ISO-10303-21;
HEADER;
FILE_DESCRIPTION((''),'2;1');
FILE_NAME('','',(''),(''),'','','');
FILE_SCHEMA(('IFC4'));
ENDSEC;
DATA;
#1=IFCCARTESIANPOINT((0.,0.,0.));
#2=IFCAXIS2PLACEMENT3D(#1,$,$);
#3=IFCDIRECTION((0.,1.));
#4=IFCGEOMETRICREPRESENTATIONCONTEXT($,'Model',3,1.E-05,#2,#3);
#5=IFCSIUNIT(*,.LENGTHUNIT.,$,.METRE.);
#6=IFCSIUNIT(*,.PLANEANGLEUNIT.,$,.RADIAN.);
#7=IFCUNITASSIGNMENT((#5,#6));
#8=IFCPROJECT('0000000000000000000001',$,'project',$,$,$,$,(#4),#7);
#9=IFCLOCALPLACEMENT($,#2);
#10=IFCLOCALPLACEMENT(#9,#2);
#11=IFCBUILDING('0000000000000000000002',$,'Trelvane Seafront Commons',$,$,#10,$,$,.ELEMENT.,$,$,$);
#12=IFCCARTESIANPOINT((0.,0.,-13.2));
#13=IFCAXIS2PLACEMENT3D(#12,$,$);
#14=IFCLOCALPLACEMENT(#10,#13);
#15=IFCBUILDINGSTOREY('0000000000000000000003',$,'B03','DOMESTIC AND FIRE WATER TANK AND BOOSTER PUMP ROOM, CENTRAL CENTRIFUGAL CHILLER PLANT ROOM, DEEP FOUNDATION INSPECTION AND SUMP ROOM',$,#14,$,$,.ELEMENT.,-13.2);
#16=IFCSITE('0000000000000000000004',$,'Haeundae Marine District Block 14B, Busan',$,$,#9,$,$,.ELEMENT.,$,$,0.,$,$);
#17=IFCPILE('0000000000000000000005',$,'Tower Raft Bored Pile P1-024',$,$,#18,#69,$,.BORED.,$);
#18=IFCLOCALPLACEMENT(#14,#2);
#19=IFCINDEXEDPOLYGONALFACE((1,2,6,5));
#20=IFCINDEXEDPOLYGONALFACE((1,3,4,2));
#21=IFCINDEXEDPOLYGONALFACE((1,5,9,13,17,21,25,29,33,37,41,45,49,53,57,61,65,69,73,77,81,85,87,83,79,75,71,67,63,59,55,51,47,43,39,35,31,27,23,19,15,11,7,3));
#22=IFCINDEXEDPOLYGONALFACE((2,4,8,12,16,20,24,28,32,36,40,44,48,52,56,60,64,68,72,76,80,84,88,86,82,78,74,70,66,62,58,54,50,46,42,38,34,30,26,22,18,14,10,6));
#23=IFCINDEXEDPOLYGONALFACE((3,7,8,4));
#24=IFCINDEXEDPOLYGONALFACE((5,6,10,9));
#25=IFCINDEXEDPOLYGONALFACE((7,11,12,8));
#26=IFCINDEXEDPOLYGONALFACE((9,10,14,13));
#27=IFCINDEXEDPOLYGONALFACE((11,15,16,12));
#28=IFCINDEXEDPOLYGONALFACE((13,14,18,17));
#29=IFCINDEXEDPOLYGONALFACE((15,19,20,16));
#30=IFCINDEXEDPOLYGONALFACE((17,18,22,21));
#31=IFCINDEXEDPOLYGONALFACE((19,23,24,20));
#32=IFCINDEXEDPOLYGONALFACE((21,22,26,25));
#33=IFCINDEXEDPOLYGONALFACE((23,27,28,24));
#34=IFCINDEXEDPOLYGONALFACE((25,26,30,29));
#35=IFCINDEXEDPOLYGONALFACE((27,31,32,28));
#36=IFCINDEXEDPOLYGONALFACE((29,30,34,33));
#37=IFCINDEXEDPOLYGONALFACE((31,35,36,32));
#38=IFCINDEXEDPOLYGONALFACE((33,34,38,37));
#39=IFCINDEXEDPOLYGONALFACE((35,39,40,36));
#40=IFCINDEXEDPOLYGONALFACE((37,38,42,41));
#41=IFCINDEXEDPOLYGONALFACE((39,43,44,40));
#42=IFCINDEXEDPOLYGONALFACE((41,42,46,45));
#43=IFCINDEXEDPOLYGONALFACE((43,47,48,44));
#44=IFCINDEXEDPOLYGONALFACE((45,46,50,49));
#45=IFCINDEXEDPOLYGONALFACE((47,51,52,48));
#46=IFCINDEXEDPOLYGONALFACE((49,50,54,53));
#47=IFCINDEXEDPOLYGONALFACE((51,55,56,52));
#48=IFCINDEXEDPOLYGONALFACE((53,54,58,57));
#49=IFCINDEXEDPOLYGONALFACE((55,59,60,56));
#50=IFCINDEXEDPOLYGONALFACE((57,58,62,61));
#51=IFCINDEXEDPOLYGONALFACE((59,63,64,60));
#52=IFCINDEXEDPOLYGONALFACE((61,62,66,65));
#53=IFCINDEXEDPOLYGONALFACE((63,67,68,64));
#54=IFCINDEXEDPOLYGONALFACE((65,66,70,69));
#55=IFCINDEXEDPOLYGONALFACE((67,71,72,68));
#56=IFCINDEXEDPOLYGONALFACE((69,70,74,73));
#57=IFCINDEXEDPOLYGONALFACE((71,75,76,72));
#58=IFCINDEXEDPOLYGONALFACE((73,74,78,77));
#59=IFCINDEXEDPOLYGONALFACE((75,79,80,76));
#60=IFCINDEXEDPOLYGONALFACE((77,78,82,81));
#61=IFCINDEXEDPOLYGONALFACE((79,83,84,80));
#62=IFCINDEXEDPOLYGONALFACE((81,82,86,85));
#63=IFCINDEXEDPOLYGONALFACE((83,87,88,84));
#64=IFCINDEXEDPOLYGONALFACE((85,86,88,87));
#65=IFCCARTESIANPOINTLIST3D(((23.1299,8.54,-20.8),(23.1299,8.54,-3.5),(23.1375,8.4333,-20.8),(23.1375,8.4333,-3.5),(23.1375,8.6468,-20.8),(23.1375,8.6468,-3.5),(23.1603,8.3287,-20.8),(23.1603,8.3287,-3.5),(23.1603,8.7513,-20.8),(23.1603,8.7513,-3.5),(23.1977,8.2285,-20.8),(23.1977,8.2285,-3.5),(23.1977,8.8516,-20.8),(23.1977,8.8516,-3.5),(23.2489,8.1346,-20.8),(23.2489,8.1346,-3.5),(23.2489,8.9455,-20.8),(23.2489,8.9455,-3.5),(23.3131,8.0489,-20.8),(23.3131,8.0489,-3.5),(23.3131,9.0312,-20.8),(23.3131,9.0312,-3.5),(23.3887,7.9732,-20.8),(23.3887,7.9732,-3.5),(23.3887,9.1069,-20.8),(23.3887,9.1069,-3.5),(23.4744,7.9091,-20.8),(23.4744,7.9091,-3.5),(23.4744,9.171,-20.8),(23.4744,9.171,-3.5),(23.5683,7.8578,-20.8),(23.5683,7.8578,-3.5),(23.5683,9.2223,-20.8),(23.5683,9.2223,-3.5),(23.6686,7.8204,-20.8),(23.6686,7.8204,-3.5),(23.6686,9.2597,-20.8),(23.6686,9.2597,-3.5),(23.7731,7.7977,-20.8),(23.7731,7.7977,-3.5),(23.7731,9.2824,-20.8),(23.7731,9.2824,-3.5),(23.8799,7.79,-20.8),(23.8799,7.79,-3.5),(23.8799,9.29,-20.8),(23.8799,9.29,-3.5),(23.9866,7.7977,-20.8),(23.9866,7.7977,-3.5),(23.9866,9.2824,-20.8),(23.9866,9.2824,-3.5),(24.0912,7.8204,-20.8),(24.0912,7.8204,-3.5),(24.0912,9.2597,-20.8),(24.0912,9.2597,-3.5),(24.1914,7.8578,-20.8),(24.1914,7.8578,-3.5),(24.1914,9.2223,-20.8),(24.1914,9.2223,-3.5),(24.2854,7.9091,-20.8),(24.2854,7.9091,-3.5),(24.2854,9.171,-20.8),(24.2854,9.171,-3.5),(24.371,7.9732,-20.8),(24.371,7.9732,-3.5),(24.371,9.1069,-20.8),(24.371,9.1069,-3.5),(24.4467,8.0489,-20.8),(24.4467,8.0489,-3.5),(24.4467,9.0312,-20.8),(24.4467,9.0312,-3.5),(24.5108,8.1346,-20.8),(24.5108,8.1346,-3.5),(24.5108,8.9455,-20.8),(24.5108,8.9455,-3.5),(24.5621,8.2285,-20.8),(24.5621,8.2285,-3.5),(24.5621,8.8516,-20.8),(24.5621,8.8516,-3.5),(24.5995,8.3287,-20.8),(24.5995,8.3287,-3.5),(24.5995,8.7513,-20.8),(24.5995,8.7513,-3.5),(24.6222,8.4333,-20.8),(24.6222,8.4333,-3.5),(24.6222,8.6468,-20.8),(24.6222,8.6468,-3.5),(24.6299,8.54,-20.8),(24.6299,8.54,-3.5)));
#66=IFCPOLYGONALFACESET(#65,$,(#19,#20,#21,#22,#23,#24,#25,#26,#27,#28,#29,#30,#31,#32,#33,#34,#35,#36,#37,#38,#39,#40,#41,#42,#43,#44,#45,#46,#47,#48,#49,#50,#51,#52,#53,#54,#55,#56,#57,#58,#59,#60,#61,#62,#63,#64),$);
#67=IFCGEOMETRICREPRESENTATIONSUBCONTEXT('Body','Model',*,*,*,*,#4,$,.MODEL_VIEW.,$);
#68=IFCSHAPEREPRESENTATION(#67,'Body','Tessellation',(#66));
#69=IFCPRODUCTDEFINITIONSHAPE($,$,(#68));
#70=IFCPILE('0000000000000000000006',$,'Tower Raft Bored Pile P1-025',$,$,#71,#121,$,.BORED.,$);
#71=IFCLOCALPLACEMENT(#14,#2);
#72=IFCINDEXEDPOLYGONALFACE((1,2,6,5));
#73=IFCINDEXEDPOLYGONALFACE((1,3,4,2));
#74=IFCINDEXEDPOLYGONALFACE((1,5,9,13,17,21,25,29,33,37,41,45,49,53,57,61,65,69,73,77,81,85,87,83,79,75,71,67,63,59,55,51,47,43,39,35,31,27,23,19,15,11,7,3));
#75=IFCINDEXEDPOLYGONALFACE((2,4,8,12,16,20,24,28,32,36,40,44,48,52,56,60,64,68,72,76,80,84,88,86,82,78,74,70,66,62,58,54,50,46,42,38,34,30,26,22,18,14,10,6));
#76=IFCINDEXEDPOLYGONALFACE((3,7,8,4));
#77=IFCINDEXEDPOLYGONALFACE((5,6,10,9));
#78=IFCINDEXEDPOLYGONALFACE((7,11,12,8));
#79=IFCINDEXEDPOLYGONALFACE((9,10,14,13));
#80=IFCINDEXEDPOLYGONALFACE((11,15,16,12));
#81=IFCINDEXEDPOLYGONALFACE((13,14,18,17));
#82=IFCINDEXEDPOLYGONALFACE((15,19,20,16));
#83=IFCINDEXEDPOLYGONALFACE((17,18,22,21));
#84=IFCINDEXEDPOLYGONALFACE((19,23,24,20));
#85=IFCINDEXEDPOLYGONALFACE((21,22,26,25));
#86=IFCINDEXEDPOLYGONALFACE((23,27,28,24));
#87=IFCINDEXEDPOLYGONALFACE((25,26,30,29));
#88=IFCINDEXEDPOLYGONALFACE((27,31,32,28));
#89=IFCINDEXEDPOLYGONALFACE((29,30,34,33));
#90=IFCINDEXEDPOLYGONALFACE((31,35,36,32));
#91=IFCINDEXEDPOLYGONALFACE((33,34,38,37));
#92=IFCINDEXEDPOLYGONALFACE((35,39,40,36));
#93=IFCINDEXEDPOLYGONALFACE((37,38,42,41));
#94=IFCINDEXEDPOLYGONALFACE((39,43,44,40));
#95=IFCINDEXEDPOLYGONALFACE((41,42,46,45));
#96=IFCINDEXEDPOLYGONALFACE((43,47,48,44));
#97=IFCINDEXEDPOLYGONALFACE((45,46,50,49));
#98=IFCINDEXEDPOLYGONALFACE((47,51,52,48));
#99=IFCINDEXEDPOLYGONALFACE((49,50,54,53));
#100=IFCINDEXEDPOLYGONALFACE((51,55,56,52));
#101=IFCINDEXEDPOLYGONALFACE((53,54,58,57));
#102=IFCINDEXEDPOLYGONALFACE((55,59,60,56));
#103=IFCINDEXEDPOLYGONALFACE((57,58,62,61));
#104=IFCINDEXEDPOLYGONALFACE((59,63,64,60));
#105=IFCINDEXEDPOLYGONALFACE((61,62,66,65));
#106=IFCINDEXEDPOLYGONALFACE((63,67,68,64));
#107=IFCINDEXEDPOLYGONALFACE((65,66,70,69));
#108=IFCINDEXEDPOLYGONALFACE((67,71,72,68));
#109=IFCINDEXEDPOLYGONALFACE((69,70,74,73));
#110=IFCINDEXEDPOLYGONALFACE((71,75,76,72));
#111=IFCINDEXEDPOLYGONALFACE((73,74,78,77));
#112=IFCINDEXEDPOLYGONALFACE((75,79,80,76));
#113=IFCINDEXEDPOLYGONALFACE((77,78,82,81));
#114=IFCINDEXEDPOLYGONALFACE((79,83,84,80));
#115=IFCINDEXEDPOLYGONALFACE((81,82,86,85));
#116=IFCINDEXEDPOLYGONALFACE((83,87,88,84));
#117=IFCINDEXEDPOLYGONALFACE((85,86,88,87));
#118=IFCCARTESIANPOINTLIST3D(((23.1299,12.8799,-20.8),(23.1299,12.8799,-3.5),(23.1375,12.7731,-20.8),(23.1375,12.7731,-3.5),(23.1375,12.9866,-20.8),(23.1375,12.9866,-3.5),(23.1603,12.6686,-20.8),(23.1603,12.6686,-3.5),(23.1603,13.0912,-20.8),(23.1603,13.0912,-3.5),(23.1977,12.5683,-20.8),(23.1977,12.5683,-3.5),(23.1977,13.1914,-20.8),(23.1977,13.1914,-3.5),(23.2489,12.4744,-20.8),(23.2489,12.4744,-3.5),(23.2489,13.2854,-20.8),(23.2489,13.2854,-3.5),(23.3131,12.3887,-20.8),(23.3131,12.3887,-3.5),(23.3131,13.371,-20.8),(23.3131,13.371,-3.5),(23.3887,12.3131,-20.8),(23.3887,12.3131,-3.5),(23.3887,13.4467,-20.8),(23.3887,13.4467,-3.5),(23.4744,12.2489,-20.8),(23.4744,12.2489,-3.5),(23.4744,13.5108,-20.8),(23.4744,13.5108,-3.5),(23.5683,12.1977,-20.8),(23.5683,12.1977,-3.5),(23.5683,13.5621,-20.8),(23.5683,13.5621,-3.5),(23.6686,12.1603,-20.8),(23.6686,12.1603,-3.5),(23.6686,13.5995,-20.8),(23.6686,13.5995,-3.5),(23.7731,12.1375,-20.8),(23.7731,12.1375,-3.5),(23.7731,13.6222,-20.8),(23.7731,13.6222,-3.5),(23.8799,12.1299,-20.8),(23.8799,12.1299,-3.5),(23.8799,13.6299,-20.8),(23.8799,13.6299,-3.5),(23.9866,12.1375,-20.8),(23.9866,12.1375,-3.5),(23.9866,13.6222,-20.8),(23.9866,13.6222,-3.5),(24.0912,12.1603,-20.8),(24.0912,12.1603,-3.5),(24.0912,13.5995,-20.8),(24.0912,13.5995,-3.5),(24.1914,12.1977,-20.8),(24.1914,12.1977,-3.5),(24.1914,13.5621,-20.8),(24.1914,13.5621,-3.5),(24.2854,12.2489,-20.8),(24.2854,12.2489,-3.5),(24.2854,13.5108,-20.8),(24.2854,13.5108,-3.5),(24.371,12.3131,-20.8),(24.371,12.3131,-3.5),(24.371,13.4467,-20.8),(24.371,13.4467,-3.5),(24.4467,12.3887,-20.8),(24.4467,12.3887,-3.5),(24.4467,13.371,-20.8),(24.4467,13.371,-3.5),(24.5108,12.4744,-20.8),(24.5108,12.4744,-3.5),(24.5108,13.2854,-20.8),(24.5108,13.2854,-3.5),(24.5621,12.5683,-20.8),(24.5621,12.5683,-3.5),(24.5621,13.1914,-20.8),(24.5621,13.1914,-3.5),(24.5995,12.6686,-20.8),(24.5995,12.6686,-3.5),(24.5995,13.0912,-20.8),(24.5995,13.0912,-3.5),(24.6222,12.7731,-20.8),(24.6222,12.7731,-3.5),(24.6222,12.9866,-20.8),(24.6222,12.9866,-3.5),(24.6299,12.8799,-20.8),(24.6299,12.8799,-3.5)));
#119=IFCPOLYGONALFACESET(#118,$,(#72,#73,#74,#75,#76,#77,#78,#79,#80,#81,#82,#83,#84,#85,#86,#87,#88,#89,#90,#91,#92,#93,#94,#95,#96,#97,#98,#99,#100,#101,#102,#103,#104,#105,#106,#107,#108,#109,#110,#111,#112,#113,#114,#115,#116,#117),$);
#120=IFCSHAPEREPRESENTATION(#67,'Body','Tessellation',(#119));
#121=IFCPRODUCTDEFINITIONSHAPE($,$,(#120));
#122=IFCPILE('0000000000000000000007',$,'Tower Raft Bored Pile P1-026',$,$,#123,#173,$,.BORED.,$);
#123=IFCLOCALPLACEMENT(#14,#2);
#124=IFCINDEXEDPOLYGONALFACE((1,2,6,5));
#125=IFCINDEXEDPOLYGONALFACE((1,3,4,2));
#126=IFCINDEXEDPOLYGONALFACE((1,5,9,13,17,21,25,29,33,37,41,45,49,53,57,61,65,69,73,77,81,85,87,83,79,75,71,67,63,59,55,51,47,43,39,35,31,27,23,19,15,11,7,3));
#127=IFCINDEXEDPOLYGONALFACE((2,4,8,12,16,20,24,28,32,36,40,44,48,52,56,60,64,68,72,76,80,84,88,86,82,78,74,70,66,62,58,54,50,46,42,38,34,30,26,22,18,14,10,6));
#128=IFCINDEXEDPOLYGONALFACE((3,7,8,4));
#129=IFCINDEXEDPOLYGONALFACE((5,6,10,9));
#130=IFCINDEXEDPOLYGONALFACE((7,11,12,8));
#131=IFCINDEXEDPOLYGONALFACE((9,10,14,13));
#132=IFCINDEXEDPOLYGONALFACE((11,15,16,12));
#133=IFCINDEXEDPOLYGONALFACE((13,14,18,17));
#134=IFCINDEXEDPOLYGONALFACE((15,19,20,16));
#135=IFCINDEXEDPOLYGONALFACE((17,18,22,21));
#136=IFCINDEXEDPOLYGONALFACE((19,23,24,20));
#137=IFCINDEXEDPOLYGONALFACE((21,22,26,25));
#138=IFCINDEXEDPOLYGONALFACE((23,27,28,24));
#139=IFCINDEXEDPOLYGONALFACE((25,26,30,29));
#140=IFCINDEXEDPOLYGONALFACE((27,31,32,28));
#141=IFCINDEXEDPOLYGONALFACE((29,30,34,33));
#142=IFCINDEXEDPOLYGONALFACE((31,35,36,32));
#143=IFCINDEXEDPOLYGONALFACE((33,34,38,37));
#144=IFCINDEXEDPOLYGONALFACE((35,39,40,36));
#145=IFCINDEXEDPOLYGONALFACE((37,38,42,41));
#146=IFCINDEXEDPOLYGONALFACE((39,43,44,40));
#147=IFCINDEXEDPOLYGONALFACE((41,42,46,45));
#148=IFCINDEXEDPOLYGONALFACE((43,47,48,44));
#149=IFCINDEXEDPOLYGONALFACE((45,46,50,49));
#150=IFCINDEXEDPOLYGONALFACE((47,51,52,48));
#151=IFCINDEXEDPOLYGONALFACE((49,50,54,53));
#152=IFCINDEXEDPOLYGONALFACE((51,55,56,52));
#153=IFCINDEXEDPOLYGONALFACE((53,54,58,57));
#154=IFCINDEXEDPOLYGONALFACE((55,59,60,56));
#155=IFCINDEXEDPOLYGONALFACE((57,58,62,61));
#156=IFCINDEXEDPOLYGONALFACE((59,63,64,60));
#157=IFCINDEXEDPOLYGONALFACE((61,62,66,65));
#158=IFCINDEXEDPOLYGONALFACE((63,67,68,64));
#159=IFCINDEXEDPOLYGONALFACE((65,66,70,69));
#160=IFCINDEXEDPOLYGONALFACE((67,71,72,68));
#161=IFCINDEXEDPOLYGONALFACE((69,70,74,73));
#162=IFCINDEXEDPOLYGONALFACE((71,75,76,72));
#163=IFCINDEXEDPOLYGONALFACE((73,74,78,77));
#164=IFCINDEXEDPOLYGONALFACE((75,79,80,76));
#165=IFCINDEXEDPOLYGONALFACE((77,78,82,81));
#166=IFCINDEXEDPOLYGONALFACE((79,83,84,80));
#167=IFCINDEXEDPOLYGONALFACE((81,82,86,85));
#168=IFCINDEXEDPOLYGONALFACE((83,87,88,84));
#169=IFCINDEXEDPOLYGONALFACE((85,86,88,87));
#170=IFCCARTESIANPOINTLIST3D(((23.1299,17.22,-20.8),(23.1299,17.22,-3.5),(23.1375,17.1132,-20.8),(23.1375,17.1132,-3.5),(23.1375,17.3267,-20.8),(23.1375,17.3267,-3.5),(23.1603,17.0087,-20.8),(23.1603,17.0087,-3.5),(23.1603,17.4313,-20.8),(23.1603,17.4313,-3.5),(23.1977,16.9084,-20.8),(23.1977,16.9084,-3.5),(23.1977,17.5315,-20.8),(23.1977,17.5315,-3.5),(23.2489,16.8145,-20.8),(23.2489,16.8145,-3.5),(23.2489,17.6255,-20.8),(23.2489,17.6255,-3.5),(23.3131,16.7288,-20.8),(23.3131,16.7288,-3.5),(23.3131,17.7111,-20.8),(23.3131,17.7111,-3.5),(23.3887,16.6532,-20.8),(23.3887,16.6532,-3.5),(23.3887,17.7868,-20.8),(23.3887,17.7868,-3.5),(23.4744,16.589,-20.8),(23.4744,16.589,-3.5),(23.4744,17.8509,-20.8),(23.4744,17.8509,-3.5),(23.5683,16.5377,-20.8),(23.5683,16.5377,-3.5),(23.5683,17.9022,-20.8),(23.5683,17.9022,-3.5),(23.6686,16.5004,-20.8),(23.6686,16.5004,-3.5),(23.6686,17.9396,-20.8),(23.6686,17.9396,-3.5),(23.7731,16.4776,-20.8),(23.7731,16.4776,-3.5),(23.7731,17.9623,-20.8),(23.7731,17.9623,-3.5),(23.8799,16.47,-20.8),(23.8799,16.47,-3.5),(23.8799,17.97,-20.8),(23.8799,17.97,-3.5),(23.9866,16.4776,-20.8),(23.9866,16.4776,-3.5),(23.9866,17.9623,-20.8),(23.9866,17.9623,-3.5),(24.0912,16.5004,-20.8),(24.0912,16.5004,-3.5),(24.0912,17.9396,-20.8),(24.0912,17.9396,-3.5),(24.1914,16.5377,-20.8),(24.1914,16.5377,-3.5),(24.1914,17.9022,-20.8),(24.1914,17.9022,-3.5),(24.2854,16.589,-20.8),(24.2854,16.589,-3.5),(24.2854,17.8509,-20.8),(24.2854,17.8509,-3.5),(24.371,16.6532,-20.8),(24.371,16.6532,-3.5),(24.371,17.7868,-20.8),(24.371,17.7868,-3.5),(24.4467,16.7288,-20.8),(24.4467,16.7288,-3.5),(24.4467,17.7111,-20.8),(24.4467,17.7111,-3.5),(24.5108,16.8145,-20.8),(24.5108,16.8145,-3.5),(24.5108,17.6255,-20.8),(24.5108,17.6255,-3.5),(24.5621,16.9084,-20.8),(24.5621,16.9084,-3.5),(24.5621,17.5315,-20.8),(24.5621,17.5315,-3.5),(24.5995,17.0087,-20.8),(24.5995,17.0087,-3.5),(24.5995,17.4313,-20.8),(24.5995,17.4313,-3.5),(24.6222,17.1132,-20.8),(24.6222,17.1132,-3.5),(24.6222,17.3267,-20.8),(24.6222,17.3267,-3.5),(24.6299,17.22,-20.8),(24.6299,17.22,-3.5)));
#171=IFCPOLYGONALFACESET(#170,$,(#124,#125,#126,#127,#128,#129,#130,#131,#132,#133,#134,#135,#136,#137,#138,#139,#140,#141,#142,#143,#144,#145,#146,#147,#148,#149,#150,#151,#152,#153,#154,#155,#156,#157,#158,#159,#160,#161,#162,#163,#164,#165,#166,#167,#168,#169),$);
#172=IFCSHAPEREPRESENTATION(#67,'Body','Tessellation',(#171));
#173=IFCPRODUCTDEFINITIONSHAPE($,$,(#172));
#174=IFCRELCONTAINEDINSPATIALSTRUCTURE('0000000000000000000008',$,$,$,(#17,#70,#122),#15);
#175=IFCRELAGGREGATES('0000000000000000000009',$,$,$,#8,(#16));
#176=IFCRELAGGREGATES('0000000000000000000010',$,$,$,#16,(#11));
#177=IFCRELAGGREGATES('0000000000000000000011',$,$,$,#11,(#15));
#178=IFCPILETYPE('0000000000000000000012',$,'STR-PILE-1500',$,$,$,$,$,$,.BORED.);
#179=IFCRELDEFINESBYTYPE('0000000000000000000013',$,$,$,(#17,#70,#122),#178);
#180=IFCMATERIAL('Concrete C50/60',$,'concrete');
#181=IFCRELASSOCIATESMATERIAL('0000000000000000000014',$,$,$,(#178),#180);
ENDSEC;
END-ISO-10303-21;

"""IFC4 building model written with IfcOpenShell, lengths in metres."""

from ifc_helpers import new_model, si_unit, direction, frame, origin, origin_2d, place, context, subcontext, project, spatial, circle, extrude, source, transform, mapped, material, material_profile, profile_set, type_object, element, save


model = new_model("IFC4")

# Units and contexts
model_context = context("Model", 3, precision=1e-05, world=origin(), true_north=direction((0.0, 1.0)))
body_context = subcontext(model_context, "Body", "Model", "MODEL_VIEW")
ifc_project = project(units=[si_unit("LENGTHUNIT", "METRE"), si_unit("PLANEANGLEUNIT", "RADIAN")], contexts=[model_context])

# Site, building, storey
site_placement = place(None, origin())
site = spatial("IfcSite", under=ifc_project, at=site_placement, Name="Haeundae Marine District Block 14B, Busan", CompositionType="ELEMENT", RefElevation=0.0)
building_placement = place(site_placement, origin())
building = spatial("IfcBuilding", under=site, at=building_placement, Name="Trelvane Seafront Commons", CompositionType="ELEMENT")
storey_placement = place(building_placement, frame((0.0, 0.0, -13.2)))
storey = spatial("IfcBuildingStorey", under=building, at=storey_placement, Name="B03", Description="DOMESTIC AND FIRE WATER TANK AND BOOSTER PUMP ROOM, CENTRAL CENTRIFUGAL CHILLER PLANT ROOM, DEEP FOUNDATION INSPECTION AND SUMP ROOM", CompositionType="ELEMENT", Elevation=-13.2)

# Piles
ifc_material_1 = material(Name="Concrete C50/60", Category="concrete")
ifc_material_profile_1 = material_profile(ifc_material_1, circle(Radius=0.75, at=origin_2d()), Name="PILE-1500")
ifc_profile_set_1 = profile_set([ifc_material_profile_1], Name="Concrete C50/60")
pile_type = type_object("IfcPileType", Name="STR-PILE-1500", PredefinedType="BORED", material=ifc_profile_set_1)
shared_shape_1 = source(origin(), body_context, "Body", "SweptSolid", [
    extrude(circle(Radius=0.75, at=origin_2d()), origin(), (0.0, 0.0, 1.0), 17.3),
])
for number, where, z_axis, x_axis, name in (
    (1, (23.8799, 8.54, -3.5), (0.0, 0.0, -1.0), (1.0, 0.0, 0.0), "Tower Raft Bored Pile P1-024"),
    (2, (23.8799, 12.8799, -3.5), (0.0, 0.0, -1.0), (1.0, 0.0, 0.0), "Tower Raft Bored Pile P1-025"),
    (3, (23.8799, 17.22, -3.5), (0.0, 0.0, -1.0), (1.0, 0.0, 0.0), "Tower Raft Bored Pile P1-026"),
):
    element("IfcPile", number, at=place(storey_placement, frame(where, z_axis=z_axis, x_axis=x_axis)), inside=storey, type_object=pile_type, Name=name, PredefinedType="BORED", context=body_context, shape_type="MappedRepresentation", body=[
        mapped(shared_shape_1, transform((0.0, 0.0, 0.0), x_axis=(1.0, 0.0, 0.0), y_axis=(0.0, 1.0, 0.0), z_axis=(0.0, 0.0, 1.0), scale=1.0)),
    ])

save(model, "model.ifc")
